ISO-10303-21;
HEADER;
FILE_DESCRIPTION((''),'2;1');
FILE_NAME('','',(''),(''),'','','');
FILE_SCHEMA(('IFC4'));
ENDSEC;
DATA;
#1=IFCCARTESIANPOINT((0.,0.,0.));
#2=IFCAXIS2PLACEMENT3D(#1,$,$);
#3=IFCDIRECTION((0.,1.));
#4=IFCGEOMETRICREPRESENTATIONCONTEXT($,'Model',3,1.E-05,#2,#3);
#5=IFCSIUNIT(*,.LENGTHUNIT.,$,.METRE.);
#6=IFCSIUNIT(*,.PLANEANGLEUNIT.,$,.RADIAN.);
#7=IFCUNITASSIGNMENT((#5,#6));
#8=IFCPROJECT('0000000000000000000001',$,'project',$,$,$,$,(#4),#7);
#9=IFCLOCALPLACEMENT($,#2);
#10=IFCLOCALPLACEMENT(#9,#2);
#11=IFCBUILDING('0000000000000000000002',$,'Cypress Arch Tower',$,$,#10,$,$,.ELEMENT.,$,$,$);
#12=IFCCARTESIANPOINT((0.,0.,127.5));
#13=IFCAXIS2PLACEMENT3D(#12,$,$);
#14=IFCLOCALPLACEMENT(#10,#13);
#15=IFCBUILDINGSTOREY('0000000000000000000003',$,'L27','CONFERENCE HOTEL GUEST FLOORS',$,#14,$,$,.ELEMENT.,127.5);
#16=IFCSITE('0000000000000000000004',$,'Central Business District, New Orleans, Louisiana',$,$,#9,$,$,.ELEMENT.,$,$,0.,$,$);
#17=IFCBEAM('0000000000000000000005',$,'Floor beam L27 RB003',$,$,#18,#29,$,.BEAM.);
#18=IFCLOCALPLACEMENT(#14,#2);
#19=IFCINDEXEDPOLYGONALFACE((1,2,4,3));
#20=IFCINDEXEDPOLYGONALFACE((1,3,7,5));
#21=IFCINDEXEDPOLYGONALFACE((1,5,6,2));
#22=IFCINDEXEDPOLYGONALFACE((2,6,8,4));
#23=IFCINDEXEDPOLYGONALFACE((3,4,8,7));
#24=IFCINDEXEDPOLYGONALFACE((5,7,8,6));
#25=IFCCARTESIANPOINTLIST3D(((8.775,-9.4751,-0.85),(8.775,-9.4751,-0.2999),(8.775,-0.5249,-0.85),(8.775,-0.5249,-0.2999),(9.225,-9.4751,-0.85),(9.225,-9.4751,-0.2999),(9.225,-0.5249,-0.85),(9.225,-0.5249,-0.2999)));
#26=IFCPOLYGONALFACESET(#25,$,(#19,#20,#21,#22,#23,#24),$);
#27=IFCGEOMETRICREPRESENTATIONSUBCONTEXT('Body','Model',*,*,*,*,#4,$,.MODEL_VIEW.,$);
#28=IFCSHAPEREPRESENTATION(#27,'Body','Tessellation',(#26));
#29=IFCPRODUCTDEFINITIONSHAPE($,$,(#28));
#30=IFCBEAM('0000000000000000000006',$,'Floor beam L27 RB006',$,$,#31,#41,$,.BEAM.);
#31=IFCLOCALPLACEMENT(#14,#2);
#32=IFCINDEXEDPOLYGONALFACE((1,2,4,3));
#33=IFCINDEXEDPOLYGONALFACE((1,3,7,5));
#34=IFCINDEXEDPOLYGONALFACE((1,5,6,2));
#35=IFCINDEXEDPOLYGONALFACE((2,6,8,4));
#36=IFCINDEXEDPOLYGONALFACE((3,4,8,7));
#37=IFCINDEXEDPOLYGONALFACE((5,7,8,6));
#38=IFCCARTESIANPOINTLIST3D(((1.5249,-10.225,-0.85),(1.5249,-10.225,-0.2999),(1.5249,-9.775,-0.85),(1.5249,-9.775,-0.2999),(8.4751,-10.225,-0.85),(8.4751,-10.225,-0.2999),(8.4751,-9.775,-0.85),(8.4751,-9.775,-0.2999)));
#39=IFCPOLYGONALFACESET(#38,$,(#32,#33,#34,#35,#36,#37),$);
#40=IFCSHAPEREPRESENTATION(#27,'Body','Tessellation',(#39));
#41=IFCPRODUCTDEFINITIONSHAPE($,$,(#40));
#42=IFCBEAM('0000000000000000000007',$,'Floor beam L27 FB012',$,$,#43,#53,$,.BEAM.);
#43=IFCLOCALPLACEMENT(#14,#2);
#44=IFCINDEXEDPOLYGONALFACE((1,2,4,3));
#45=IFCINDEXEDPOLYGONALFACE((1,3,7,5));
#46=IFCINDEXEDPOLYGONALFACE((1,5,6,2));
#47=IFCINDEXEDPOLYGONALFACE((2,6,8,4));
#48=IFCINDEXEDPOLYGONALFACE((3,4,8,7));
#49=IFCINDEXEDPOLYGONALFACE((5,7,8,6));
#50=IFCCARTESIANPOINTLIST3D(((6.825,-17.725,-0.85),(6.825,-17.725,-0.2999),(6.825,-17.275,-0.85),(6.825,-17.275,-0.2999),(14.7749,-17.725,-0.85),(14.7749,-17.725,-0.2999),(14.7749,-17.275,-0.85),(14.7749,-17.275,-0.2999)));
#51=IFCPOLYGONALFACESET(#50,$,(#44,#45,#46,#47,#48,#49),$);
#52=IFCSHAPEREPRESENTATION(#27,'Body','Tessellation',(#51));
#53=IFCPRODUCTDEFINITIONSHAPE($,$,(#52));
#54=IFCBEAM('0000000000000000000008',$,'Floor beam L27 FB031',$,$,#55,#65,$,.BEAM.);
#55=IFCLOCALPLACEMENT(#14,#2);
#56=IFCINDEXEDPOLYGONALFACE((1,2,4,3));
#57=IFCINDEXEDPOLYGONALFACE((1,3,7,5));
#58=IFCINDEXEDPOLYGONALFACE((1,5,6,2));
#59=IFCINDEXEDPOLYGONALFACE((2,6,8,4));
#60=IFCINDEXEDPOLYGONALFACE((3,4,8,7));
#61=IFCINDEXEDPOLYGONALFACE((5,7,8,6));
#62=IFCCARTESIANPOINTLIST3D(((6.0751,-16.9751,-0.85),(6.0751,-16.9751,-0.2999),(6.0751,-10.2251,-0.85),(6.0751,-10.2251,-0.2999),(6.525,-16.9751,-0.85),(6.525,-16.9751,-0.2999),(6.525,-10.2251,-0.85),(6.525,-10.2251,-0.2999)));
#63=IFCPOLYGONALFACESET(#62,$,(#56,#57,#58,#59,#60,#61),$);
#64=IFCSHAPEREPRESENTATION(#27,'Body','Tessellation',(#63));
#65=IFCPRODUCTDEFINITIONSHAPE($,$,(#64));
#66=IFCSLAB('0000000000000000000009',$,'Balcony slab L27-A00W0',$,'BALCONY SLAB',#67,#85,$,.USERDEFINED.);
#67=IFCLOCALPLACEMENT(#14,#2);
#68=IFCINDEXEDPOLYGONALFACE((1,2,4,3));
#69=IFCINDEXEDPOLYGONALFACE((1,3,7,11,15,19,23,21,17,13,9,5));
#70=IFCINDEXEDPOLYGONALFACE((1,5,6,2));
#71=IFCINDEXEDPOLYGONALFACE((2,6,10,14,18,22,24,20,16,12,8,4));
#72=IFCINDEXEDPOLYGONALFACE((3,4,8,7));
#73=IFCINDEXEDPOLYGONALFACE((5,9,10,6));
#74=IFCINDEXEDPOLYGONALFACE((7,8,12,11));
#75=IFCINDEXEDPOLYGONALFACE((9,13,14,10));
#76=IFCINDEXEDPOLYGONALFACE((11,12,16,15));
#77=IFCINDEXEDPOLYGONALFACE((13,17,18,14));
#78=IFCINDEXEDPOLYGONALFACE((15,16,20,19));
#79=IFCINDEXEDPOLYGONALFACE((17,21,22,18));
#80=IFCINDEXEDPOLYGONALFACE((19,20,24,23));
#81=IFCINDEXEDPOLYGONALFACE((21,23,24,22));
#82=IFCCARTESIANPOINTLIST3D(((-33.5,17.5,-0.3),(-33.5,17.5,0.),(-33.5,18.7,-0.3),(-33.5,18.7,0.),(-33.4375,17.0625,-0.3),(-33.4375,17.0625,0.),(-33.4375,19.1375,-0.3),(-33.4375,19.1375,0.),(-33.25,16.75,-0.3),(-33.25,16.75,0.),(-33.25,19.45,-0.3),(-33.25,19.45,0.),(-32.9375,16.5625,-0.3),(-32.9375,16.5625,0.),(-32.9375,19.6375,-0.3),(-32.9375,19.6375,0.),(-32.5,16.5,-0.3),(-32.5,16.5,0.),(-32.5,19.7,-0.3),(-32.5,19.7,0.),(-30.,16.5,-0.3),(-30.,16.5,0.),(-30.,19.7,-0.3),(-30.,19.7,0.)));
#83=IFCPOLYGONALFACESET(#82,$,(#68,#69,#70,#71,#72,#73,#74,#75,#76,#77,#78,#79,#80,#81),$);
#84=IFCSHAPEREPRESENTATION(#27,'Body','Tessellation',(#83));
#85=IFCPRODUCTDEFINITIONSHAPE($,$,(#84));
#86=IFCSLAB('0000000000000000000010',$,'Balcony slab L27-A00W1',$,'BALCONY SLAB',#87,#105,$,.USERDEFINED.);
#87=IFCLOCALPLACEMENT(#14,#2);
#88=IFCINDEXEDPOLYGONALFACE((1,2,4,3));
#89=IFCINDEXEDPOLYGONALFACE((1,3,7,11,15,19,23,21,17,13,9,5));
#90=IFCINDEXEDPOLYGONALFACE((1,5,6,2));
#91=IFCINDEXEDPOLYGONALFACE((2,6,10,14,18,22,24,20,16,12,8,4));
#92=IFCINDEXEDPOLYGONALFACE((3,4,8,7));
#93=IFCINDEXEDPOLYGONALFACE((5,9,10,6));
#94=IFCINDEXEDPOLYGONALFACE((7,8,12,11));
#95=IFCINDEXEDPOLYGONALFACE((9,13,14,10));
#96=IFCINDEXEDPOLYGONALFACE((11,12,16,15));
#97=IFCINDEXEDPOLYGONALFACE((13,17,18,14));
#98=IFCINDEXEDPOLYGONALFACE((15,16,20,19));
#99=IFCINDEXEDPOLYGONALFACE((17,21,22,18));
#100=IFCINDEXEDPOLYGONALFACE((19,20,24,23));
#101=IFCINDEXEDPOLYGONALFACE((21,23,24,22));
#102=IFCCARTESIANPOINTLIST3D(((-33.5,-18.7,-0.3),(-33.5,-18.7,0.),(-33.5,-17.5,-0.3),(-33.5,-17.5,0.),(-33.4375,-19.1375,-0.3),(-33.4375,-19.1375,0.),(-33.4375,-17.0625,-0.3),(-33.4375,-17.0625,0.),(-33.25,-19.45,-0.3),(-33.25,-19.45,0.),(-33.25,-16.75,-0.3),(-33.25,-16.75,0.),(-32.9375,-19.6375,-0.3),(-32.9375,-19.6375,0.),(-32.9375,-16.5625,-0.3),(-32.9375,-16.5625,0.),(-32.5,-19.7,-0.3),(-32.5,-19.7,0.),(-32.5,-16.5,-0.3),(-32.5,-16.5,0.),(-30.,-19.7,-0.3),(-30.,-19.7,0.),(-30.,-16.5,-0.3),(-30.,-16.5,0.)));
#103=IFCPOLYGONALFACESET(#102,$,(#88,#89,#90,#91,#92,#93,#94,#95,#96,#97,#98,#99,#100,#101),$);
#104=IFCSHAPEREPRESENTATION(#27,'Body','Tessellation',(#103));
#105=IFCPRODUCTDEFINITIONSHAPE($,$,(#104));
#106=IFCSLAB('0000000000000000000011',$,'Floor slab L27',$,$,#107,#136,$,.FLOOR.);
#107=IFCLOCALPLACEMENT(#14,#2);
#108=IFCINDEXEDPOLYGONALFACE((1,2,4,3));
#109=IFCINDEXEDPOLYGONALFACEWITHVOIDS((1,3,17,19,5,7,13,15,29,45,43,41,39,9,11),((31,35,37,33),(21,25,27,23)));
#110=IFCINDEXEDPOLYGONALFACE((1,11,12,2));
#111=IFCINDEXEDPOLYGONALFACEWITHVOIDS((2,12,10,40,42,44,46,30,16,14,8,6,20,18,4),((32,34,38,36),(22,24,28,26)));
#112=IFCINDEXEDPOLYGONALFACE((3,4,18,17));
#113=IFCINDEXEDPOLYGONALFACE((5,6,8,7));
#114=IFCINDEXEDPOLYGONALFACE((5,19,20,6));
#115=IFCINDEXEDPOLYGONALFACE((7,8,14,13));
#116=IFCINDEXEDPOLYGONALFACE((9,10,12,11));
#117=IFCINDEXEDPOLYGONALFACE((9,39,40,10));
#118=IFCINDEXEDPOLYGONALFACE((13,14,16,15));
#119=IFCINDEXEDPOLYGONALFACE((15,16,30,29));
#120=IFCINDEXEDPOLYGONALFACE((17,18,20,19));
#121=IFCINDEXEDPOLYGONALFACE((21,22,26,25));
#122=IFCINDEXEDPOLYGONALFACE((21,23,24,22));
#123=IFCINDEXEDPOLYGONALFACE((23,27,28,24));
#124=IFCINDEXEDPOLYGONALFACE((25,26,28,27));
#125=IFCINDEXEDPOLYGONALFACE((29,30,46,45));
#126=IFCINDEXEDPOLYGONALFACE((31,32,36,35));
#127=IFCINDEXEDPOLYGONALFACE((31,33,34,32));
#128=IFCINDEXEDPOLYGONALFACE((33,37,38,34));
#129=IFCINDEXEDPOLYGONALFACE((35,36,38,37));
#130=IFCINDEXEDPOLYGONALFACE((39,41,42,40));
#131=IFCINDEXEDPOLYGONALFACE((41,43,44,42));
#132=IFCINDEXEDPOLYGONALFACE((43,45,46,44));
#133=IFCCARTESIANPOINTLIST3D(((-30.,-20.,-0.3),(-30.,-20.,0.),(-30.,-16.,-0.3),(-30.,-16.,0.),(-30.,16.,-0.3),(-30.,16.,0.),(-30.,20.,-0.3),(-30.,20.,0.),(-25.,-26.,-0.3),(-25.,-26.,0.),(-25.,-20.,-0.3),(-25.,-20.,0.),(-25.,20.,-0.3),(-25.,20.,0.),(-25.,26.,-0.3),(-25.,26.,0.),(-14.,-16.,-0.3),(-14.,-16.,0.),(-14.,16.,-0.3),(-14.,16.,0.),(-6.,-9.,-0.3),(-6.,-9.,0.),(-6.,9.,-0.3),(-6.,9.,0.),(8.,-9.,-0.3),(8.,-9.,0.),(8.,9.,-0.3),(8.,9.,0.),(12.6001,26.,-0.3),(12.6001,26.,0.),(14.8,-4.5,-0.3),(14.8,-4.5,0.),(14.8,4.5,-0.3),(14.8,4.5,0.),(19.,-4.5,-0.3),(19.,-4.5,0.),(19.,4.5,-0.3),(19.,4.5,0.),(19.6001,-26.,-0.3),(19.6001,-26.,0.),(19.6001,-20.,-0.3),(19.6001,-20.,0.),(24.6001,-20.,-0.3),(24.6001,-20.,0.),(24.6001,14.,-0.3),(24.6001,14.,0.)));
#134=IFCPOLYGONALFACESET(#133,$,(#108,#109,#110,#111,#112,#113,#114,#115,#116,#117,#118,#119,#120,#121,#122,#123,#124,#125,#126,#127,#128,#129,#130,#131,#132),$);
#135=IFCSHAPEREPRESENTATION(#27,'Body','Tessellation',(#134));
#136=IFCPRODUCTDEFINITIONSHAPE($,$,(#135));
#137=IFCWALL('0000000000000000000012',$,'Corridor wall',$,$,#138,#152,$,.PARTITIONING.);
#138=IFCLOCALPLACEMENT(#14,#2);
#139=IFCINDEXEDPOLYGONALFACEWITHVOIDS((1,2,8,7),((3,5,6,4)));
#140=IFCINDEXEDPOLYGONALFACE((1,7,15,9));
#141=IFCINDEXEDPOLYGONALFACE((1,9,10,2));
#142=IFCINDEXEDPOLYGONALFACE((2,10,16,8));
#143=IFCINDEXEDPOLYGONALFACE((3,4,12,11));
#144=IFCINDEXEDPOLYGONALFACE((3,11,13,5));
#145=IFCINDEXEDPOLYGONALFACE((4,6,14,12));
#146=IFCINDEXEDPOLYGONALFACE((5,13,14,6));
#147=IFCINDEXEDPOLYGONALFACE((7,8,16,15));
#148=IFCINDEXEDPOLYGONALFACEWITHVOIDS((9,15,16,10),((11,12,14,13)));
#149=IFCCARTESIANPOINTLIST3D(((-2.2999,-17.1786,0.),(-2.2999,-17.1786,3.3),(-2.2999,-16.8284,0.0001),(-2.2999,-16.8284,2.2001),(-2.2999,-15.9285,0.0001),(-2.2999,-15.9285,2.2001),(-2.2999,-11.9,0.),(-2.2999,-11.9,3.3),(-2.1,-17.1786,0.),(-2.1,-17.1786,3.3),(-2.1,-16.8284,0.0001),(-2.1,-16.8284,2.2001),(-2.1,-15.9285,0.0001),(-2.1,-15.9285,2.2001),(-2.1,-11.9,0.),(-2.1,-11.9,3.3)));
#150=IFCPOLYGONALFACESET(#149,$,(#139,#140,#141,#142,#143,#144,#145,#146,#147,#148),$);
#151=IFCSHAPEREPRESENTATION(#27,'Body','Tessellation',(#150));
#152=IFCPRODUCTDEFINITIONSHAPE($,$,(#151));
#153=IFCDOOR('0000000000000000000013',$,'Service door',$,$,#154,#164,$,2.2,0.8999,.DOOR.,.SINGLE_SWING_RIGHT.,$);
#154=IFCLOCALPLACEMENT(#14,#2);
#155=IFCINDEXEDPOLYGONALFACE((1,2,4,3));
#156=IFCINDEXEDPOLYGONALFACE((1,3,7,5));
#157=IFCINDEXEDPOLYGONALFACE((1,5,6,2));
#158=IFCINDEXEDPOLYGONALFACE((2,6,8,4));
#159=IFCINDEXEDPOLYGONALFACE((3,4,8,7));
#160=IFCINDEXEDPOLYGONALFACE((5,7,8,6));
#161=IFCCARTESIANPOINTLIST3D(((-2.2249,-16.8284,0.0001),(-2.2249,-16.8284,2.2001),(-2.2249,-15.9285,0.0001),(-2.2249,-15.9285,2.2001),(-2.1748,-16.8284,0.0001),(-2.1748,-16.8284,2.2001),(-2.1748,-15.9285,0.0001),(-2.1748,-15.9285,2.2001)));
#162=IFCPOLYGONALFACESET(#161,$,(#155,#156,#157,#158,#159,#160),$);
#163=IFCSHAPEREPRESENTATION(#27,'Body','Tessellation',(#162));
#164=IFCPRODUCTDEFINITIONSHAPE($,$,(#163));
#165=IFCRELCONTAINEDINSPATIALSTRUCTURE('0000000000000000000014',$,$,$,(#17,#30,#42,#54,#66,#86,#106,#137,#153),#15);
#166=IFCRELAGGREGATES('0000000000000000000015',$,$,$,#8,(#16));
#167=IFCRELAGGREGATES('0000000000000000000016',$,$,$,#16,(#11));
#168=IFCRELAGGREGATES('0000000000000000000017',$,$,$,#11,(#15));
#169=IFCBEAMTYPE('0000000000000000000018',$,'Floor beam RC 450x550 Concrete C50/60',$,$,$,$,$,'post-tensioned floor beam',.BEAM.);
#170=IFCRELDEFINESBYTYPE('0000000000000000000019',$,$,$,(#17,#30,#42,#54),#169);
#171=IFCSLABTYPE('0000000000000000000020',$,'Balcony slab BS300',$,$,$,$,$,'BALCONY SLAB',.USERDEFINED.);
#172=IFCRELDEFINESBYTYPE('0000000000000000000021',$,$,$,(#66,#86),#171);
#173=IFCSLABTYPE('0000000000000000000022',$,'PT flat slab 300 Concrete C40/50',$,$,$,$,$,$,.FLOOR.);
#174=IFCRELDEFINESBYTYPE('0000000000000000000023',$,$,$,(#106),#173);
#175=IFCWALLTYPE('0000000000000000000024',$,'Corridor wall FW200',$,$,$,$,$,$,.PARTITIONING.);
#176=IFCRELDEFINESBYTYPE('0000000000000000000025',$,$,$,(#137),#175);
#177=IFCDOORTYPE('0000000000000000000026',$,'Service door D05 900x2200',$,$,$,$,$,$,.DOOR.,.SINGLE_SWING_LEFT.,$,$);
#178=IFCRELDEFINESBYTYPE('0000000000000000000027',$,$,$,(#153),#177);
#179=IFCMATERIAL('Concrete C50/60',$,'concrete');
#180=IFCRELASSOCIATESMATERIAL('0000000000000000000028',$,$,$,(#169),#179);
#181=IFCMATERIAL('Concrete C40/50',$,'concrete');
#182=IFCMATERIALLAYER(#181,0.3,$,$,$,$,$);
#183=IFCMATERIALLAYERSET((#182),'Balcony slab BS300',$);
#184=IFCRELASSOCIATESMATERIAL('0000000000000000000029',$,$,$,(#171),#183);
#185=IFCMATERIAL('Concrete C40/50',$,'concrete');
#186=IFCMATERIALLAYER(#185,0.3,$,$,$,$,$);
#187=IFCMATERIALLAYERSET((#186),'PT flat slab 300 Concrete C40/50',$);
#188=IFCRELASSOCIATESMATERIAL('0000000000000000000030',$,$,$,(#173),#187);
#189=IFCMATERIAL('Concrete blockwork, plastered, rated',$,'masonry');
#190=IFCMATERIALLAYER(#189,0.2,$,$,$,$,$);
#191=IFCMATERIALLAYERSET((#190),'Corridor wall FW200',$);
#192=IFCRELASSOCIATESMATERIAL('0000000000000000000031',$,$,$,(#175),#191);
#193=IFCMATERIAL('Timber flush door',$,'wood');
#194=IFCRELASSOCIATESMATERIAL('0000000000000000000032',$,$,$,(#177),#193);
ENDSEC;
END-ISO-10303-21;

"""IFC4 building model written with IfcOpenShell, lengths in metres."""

from ifc_helpers import new_model, si_unit, direction, frame, frame_2d, origin, origin_2d, place, context, subcontext, project, spatial, polyline, rectangle, outline, extrude, material, layer, layer_set, material_profile, profile_set, type_object, element, fill, save


model = new_model("IFC4")

# Units and contexts
model_context = context("Model", 3, precision=1e-05, world=origin(), true_north=direction((0.0, 1.0)))
body_context = subcontext(model_context, "Body", "Model", "MODEL_VIEW")
ifc_project = project(units=[si_unit("LENGTHUNIT", "METRE"), si_unit("PLANEANGLEUNIT", "RADIAN")], contexts=[model_context])

# Site, building, storey
site_placement = place(None, origin())
site = spatial("IfcSite", under=ifc_project, at=site_placement, Name="Central Business District, New Orleans, Louisiana", CompositionType="ELEMENT", RefElevation=0.0)
building_placement = place(site_placement, origin())
building = spatial("IfcBuilding", under=site, at=building_placement, Name="Cypress Arch Tower", CompositionType="ELEMENT")
storey_placement = place(building_placement, frame((0.0, 0.0, 127.5)))
storey = spatial("IfcBuildingStorey", under=building, at=storey_placement, Name="L27", Description="CONFERENCE HOTEL GUEST FLOORS", CompositionType="ELEMENT", Elevation=127.5)

# Beams
ifc_material_1 = material(Name="Concrete C50/60", Category="concrete")
ifc_material_profile_1 = material_profile(ifc_material_1, rectangle(XDim=0.45, YDim=0.55, at=origin_2d()), Name="RC 450x550")
ifc_profile_set_1 = profile_set([ifc_material_profile_1], Name="Concrete C50/60")
beam_type_1 = type_object("IfcBeamType", Name="Floor beam RC 450x550 Concrete C50/60", ElementType="post-tensioned floor beam", PredefinedType="BEAM", material=ifc_profile_set_1)
beam_1_placement = place(storey_placement, frame((9.0, -9.4751, -0.575), z_axis=(0.0, 1.0, 0.0), x_axis=(-1.0, 0.0, 0.0)))
element("IfcBeam", 1, at=beam_1_placement, inside=storey, type_object=beam_type_1, Name="Floor beam L27 RB003", PredefinedType="BEAM", context=body_context, shape_type="SweptSolid", body=[
    extrude(rectangle(XDim=0.45, YDim=0.55, at=origin_2d()), origin(), (0.0, 0.0, 1.0), 8.9502),
])
beam_2_placement = place(storey_placement, frame((1.5249, -10.0, -0.575), z_axis=(1.0, 0.0, 0.0), x_axis=(0.0, 1.0, 0.0)))
element("IfcBeam", 2, at=beam_2_placement, inside=storey, type_object=beam_type_1, Name="Floor beam L27 RB006", PredefinedType="BEAM", context=body_context, shape_type="SweptSolid", body=[
    extrude(rectangle(XDim=0.45, YDim=0.55, at=origin_2d()), origin(), (0.0, 0.0, 1.0), 6.9502),
])
beam_3_placement = place(storey_placement, frame((6.825, -17.5, -0.575), z_axis=(1.0, 0.0, 0.0), x_axis=(0.0, 1.0, 0.0)))
element("IfcBeam", 3, at=beam_3_placement, inside=storey, type_object=beam_type_1, Name="Floor beam L27 FB012", PredefinedType="BEAM", context=body_context, shape_type="SweptSolid", body=[
    extrude(rectangle(XDim=0.45, YDim=0.55, at=origin_2d()), origin(), (0.0, 0.0, 1.0), 7.95),
])
beam_4_placement = place(storey_placement, frame((6.3, -16.9751, -0.575), z_axis=(0.0, 1.0, 0.0), x_axis=(-1.0, 0.0, 0.0)))
element("IfcBeam", 4, at=beam_4_placement, inside=storey, type_object=beam_type_1, Name="Floor beam L27 FB031", PredefinedType="BEAM", context=body_context, shape_type="SweptSolid", body=[
    extrude(rectangle(XDim=0.45, YDim=0.55, at=origin_2d()), origin(), (0.0, 0.0, 1.0), 6.75),
])

# Slabs
ifc_material_2 = material(Name="Concrete C40/50", Category="concrete")
ifc_layer_1 = layer(ifc_material_2, 0.3)
ifc_layer_set_1 = layer_set([ifc_layer_1], Name="Balcony slab BS300")
slab_type_1 = type_object("IfcSlabType", Name="Balcony slab BS300", ElementType="BALCONY SLAB", PredefinedType="USERDEFINED", material=ifc_layer_set_1)
slab_1_placement = place(storey_placement, frame((0.0, 0.0, -0.3)))
element("IfcSlab", 5, at=slab_1_placement, inside=storey, type_object=slab_type_1, Name="Balcony slab L27-A00W0", ObjectType="BALCONY SLAB", PredefinedType="USERDEFINED", context=body_context, shape_type="SweptSolid", body=[
    extrude(outline(polyline([(-30.0, 19.7), (-32.5, 19.7), (-32.9375, 19.6375), (-33.25, 19.45), (-33.4375, 19.1375), (-33.5, 18.7), (-33.5, 17.5), (-33.4375, 17.0625), (-33.25, 16.75), (-32.9375, 16.5625), (-32.5, 16.5), (-30.0, 16.5), (-30.0, 19.7)])), origin(), (0.0, 0.0, 1.0), 0.3),
])
slab_2_placement = place(storey_placement, frame((0.0, 0.0, -0.3)))
element("IfcSlab", 6, at=slab_2_placement, inside=storey, type_object=slab_type_1, Name="Balcony slab L27-A00W1", ObjectType="BALCONY SLAB", PredefinedType="USERDEFINED", context=body_context, shape_type="SweptSolid", body=[
    extrude(outline(polyline([(-30.0, -16.5), (-32.5, -16.5), (-32.9375, -16.5625), (-33.25, -16.75), (-33.4375, -17.0625), (-33.5, -17.5), (-33.5, -18.7), (-33.4375, -19.1375), (-33.25, -19.45), (-32.9375, -19.6375), (-32.5, -19.7), (-30.0, -19.7), (-30.0, -16.5)])), origin(), (0.0, 0.0, 1.0), 0.3),
])
ifc_material_3 = material(Name="Concrete C40/50", Category="concrete")
ifc_layer_2 = layer(ifc_material_3, 0.3)
ifc_layer_set_2 = layer_set([ifc_layer_2], Name="PT flat slab 300 Concrete C40/50")
slab_type_2 = type_object("IfcSlabType", Name="PT flat slab 300 Concrete C40/50", PredefinedType="FLOOR", material=ifc_layer_set_2)
slab_3_placement = place(storey_placement, frame((0.0, 0.0, -0.3)))
element("IfcSlab", 7, at=slab_3_placement, inside=storey, type_object=slab_type_2, Name="Floor slab L27", PredefinedType="FLOOR", context=body_context, shape_type="SweptSolid", body=[
    extrude(outline(polyline([(-30.0, 20.0), (-25.0, 20.0), (-25.0, 26.0), (12.6001, 26.0), (24.6001, 14.0), (24.6001, -20.0), (19.6001, -20.0), (19.6001, -26.0), (-25.0, -26.0), (-25.0, -20.0), (-30.0, -20.0), (-30.0, -16.0), (-14.0, -16.0), (-14.0, 16.0), (-30.0, 16.0), (-30.0, 20.0)]), holes=[polyline([(-6.0, -9.0), (8.0, -9.0), (8.0, 9.0), (-6.0, 9.0), (-6.0, -9.0)]), polyline([(14.8, -4.5), (19.0, -4.5), (19.0, 4.5), (14.8, 4.5), (14.8, -4.5)])]), origin(), (0.0, 0.0, 1.0), 0.3),
])

# Wall, opening, door
ifc_material_4 = material(Name="Concrete blockwork, plastered, rated", Category="masonry")
ifc_layer_3 = layer(ifc_material_4, 0.2)
ifc_layer_set_3 = layer_set([ifc_layer_3], Name="Corridor wall FW200")
wall_type_1 = type_object("IfcWallType", Name="Corridor wall FW200", PredefinedType="PARTITIONING", material=ifc_layer_set_3)
wall_1_placement = place(storey_placement, frame((-2.2, -17.1785, 0.0), z_axis=(0.0, 0.0, 1.0), x_axis=(0.0, 1.0, 0.0)))
wall_1 = element("IfcWall", 8, at=wall_1_placement, inside=storey, type_object=wall_type_1, Name="Corridor wall", PredefinedType="PARTITIONING", context=body_context, shape_type="SweptSolid", body=[
    extrude(rectangle(XDim=5.2786, YDim=0.2, at=frame_2d((2.6392, 0.0))), origin(), (0.0, 0.0, 1.0), 3.3),
])
opening_1_placement = place(wall_1_placement, frame((0.3501, 0.0, 0.0)))
opening_1 = element("IfcOpeningElement", 9, at=opening_1_placement, cuts=wall_1, PredefinedType="OPENING", context=body_context, shape_type="SweptSolid", body=[
    extrude(rectangle(XDim=0.8999, YDim=2.2, at=frame_2d((0.45, 1.1001))), frame((0.0, 0.1099, 0.0), z_axis=(0.0, -1.0, 0.0), x_axis=(1.0, 0.0, 0.0)), (0.0, 0.0, 1.0), 0.22),
])
ifc_material_5 = material(Name="Timber flush door", Category="wood")
door_type_1 = type_object("IfcDoorType", Name="Service door D05 900x2200", OperationType="SINGLE_SWING_LEFT", PredefinedType="DOOR", material=ifc_material_5)
door_1_placement = place(opening_1_placement, origin())
door_1 = element("IfcDoor", 10, at=door_1_placement, inside=storey, type_object=door_type_1, Name="Service door", OperationType="SINGLE_SWING_RIGHT", OverallHeight=2.2, OverallWidth=0.8999, PredefinedType="DOOR", context=body_context, shape_type="SweptSolid", body=[
    extrude(rectangle(XDim=0.8999, YDim=2.2, at=frame_2d((0.45, 1.1001))), frame((0.0, 0.0249, 0.0), z_axis=(0.0, -1.0, 0.0), x_axis=(1.0, 0.0, 0.0)), (0.0, 0.0, 1.0), 0.05),
])
fill(opening_1, door_1)

save(model, "model.ifc")
